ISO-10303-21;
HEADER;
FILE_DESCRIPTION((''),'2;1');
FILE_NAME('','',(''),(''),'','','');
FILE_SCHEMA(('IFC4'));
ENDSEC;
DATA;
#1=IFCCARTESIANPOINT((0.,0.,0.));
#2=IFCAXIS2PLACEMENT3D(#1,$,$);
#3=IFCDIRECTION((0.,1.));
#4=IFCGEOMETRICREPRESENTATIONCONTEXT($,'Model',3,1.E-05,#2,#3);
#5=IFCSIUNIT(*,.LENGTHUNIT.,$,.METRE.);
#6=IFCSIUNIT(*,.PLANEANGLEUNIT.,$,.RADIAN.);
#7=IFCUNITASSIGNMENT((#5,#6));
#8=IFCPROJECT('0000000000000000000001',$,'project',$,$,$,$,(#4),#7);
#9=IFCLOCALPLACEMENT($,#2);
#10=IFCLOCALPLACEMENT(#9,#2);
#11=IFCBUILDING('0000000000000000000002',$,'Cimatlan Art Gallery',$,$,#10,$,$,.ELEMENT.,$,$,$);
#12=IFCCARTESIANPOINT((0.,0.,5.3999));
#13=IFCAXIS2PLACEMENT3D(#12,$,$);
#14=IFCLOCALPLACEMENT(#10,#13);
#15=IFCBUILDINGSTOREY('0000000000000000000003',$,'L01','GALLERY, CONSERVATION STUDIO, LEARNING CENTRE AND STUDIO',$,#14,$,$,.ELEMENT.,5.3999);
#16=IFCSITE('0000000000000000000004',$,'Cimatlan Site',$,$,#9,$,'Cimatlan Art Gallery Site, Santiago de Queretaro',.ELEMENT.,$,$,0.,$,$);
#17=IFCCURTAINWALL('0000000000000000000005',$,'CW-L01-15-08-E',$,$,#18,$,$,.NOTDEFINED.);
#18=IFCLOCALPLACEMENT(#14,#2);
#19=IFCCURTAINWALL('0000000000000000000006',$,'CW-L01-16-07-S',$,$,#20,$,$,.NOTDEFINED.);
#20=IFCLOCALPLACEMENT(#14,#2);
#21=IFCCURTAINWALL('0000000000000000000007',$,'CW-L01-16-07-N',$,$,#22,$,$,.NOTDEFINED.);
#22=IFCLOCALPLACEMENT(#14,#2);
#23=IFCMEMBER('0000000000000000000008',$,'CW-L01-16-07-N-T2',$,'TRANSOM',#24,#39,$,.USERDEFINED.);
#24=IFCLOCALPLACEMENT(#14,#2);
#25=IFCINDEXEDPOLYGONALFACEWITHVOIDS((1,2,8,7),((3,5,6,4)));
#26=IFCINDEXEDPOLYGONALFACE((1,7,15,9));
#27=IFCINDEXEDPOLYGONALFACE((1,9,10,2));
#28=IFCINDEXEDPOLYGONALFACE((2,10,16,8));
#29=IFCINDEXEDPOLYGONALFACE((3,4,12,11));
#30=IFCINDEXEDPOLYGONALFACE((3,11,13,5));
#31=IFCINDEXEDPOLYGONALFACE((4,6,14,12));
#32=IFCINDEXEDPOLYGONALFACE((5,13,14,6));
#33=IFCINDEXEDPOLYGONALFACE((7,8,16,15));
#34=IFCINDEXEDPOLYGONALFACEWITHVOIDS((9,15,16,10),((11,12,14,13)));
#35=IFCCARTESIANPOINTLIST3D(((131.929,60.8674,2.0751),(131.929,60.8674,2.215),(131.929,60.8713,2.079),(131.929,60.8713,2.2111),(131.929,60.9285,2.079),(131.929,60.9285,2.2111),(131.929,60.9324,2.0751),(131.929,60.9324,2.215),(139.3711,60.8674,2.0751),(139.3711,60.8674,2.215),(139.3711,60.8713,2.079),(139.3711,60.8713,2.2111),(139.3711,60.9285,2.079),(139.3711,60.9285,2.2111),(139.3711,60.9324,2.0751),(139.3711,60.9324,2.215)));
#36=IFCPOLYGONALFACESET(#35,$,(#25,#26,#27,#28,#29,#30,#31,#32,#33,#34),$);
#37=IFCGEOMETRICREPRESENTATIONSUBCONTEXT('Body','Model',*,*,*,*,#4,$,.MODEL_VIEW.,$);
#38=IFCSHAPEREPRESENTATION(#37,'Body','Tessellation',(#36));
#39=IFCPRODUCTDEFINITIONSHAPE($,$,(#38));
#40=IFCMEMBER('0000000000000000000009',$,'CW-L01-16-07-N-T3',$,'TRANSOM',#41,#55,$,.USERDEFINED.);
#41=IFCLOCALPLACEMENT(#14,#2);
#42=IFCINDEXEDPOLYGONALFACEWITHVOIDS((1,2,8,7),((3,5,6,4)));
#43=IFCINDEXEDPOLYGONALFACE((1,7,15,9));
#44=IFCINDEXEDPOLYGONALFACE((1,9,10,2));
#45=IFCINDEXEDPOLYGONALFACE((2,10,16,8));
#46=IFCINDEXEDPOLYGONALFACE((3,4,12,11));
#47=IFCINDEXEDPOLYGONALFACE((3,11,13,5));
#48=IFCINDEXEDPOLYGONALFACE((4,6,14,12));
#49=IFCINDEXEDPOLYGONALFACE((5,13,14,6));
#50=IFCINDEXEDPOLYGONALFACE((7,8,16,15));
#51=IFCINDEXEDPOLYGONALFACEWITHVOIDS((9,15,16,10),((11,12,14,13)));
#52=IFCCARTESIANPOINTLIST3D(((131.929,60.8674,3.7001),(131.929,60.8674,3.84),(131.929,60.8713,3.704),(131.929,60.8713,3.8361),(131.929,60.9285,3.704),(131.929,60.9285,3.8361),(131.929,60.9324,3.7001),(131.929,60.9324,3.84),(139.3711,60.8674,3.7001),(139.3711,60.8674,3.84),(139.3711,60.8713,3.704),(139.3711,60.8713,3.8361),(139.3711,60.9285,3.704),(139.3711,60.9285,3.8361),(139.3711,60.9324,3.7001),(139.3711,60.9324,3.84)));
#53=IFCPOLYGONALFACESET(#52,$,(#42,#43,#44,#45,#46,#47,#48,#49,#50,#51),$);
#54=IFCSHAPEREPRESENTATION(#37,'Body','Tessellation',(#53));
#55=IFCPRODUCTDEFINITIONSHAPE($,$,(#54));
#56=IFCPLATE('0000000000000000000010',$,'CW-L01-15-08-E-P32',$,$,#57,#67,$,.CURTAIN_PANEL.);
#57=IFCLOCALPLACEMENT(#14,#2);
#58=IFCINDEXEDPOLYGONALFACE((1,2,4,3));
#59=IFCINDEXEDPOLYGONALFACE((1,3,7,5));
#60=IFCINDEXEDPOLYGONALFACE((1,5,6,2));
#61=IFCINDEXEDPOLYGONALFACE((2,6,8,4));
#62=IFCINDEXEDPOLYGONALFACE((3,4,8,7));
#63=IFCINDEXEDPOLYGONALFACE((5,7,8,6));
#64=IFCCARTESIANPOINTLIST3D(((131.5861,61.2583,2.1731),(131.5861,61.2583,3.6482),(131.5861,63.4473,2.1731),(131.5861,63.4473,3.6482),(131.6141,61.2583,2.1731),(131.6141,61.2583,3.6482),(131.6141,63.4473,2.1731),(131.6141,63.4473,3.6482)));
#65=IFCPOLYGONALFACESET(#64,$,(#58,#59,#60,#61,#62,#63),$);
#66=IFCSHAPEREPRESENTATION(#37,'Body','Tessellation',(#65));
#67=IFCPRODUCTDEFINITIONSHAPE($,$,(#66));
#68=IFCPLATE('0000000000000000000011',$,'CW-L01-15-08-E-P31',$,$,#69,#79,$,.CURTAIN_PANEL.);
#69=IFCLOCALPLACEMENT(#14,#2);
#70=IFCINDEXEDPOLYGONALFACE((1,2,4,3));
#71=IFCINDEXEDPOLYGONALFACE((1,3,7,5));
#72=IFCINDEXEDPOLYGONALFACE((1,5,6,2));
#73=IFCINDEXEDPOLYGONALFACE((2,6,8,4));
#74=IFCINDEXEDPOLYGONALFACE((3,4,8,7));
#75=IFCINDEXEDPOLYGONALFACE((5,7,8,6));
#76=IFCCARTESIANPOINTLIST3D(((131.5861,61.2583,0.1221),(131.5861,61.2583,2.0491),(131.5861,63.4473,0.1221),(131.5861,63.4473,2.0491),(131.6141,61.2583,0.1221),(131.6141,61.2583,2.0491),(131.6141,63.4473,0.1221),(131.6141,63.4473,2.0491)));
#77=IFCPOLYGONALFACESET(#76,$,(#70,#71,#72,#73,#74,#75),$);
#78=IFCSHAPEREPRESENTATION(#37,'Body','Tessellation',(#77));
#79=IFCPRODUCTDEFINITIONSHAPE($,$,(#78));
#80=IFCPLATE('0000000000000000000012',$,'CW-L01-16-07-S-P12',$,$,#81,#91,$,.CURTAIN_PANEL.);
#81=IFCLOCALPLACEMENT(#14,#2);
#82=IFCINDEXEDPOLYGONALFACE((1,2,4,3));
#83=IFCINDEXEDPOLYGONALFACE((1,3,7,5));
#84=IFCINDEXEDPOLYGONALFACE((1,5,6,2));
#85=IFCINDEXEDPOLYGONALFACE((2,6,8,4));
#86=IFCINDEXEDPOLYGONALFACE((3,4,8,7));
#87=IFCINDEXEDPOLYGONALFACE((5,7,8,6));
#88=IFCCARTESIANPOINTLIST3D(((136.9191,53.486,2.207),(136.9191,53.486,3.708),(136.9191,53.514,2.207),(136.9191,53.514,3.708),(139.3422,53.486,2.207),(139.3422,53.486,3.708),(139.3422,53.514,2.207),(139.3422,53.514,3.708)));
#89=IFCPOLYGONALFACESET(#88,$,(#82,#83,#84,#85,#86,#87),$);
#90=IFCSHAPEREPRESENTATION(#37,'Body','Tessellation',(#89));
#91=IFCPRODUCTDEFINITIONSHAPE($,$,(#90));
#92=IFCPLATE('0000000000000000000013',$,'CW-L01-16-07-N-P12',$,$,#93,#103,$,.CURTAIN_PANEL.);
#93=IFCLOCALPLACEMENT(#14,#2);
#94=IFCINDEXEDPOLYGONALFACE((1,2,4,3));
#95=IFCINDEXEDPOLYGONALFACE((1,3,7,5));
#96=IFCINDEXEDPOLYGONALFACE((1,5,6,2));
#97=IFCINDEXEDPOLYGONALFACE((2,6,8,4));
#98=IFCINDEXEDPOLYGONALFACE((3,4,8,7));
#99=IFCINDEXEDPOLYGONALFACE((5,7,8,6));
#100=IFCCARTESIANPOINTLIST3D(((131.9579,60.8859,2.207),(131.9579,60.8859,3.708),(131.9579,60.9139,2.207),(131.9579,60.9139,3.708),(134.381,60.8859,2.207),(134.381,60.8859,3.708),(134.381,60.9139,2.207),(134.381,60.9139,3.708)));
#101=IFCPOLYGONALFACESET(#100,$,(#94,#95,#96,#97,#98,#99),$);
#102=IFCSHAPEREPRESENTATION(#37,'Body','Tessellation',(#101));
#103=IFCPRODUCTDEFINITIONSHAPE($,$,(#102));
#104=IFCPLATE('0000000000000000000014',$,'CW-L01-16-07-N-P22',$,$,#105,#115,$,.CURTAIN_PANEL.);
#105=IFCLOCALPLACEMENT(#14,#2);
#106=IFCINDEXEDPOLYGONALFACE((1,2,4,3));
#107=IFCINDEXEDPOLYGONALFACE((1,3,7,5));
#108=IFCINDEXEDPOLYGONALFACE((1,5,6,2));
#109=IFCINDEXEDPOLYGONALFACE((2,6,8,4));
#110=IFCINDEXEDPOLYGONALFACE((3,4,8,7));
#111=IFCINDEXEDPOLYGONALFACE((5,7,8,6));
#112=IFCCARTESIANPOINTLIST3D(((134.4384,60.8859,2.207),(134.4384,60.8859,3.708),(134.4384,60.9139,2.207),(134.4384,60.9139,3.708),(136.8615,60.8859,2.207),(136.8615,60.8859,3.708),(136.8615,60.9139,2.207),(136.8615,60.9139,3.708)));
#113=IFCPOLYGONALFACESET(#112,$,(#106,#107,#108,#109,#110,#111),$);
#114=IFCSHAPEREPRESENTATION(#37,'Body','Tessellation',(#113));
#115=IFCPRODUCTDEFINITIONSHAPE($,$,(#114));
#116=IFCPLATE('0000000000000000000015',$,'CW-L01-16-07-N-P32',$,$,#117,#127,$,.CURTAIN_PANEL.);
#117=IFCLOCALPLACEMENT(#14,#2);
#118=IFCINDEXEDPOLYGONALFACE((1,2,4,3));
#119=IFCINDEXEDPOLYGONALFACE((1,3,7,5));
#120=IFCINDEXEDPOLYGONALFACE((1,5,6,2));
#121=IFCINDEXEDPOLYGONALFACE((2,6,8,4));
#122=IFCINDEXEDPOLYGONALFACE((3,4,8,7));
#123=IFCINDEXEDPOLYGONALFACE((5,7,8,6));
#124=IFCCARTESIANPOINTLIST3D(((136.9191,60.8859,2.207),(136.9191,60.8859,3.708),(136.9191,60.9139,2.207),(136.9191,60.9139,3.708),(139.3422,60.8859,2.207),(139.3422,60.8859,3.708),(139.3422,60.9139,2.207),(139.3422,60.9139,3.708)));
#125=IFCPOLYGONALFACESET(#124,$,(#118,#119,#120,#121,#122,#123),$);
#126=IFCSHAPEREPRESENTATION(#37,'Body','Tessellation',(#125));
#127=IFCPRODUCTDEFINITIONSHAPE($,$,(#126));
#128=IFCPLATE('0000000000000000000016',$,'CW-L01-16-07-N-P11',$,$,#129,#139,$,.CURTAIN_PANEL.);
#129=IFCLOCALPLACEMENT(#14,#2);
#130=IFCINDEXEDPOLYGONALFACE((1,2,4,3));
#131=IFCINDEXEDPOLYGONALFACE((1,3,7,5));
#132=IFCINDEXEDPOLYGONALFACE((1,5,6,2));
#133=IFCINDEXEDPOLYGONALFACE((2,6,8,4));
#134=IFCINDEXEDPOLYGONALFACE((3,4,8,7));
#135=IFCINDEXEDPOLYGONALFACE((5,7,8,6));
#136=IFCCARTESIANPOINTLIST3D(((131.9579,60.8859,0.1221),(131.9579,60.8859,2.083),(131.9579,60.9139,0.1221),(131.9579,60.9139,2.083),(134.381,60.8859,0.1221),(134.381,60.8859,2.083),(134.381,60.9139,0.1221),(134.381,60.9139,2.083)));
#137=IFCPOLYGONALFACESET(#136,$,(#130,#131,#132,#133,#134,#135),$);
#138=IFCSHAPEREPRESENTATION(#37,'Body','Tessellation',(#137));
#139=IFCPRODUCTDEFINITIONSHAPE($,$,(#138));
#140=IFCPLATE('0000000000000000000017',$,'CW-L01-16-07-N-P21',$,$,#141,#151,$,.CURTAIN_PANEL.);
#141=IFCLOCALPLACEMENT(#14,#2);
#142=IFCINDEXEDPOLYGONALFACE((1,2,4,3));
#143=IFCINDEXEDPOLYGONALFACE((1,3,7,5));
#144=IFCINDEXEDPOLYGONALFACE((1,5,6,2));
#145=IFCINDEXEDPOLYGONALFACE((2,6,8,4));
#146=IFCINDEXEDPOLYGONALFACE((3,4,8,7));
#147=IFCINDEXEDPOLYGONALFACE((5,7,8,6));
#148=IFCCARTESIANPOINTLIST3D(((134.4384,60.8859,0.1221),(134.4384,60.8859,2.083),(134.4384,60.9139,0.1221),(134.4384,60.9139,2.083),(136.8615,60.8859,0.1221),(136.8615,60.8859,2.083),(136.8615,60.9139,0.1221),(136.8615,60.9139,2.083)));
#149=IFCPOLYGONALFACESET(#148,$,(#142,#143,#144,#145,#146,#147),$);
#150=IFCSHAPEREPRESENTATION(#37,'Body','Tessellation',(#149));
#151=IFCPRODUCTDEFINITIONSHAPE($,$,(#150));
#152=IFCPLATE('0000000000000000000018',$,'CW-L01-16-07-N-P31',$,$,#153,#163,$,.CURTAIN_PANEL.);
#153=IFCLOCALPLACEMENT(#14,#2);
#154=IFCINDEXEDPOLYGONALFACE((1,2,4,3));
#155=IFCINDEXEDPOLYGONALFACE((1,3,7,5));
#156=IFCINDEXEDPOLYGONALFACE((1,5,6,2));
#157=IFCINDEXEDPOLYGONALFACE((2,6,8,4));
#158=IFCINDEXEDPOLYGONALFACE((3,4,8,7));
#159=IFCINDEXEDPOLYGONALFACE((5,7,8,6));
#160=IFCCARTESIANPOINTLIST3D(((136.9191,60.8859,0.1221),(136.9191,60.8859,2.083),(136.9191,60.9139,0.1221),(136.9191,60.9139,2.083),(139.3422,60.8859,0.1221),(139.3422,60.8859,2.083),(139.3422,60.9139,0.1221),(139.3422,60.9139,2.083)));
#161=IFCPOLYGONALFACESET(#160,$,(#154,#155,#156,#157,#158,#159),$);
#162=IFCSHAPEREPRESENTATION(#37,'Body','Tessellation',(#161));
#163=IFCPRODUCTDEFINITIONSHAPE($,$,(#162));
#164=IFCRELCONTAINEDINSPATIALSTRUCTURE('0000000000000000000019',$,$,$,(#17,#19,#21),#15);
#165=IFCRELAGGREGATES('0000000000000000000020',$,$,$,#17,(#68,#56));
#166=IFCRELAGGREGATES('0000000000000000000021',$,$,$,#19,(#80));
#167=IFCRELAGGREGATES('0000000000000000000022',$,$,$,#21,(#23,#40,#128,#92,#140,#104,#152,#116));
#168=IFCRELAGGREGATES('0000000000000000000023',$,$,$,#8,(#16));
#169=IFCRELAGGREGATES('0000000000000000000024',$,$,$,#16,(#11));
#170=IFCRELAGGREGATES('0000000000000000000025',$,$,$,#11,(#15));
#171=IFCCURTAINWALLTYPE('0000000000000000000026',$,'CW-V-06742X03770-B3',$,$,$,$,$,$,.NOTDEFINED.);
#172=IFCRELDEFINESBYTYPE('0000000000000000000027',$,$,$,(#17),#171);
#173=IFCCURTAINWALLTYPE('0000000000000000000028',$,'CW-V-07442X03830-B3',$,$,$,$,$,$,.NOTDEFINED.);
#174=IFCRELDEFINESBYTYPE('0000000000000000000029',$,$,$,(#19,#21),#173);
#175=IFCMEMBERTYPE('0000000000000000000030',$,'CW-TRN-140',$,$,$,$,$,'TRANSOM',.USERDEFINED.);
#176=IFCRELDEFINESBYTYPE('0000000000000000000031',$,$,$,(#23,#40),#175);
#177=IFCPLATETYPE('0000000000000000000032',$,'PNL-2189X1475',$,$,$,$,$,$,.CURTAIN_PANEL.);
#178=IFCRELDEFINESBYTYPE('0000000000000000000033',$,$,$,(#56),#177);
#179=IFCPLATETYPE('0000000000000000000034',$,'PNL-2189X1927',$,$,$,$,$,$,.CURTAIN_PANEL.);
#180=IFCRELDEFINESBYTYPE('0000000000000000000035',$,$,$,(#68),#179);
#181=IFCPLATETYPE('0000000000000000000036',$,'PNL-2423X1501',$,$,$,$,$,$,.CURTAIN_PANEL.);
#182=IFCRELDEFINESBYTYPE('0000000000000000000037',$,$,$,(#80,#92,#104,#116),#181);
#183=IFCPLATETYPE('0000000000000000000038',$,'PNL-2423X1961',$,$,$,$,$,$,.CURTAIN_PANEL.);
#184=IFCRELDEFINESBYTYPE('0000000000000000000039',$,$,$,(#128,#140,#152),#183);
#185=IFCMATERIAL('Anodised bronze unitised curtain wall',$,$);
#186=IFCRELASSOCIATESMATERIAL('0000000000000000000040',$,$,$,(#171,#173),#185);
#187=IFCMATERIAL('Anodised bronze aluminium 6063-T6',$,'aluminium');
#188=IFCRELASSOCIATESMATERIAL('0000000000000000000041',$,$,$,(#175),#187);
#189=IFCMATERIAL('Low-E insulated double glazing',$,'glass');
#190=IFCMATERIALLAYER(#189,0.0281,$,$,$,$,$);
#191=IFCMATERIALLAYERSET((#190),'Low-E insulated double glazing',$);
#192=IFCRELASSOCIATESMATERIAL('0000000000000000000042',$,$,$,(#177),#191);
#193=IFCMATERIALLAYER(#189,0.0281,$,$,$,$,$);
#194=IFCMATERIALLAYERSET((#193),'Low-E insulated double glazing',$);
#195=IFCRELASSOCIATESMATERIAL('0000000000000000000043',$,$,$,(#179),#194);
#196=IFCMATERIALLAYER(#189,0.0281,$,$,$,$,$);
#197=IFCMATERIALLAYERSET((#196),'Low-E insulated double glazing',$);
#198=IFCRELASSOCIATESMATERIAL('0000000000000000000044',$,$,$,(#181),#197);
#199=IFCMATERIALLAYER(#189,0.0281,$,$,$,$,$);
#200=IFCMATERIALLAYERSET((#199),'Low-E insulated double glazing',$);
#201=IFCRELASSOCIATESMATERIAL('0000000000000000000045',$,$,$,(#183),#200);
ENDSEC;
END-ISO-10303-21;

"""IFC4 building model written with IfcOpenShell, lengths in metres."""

from ifc_helpers import new_model, si_unit, direction, frame, origin, origin_2d, place, context, subcontext, project, spatial, rectangle, hollow_rectangle, extrude, material, layer, layer_set, material_profile, profile_set, type_object, element, aggregate, save


model = new_model("IFC4")

# Units and contexts
model_context = context("Model", 3, precision=1e-05, world=origin(), true_north=direction((0.0, 1.0)))
body_context = subcontext(model_context, "Body", "Model", "MODEL_VIEW")
ifc_project = project(units=[si_unit("LENGTHUNIT", "METRE"), si_unit("PLANEANGLEUNIT", "RADIAN")], contexts=[model_context])

# Site, building, storey
site_placement = place(None, origin())
site = spatial("IfcSite", under=ifc_project, at=site_placement, Name="Cimatlan Site", LongName="Cimatlan Art Gallery Site, Santiago de Queretaro", CompositionType="ELEMENT", RefElevation=0.0)
building_placement = place(site_placement, origin())
building = spatial("IfcBuilding", under=site, at=building_placement, Name="Cimatlan Art Gallery", CompositionType="ELEMENT")
storey_placement = place(building_placement, frame((0.0, 0.0, 5.3999)))
storey = spatial("IfcBuildingStorey", under=building, at=storey_placement, Name="L01", Description="GALLERY, CONSERVATION STUDIO, LEARNING CENTRE AND STUDIO", CompositionType="ELEMENT", Elevation=5.3999)

# Curtain wall
ifc_material_1 = material(Name="Anodised bronze unitised curtain wall")
curtain_wall_type_1 = type_object("IfcCurtainWallType", Name="CW-V-06742X03770-B3", PredefinedType="NOTDEFINED", material=ifc_material_1)
curtain_wall_1_placement = place(storey_placement, origin())
curtain_wall_1 = element("IfcCurtainWall", 1, at=curtain_wall_1_placement, inside=storey, type_object=curtain_wall_type_1, Name="CW-L01-15-08-E", PredefinedType="NOTDEFINED")
ifc_material_2 = material(Name="Anodised bronze aluminium 6063-T6", Category="aluminium")

# Curtain wall
curtain_wall_type_2 = type_object("IfcCurtainWallType", Name="CW-V-07442X03830-B3", PredefinedType="NOTDEFINED", material=ifc_material_1)
curtain_wall_2_placement = place(storey_placement, origin())
curtain_wall_2 = element("IfcCurtainWall", 2, at=curtain_wall_2_placement, inside=storey, type_object=curtain_wall_type_2, Name="CW-L01-16-07-S", PredefinedType="NOTDEFINED")

# Curtain wall
curtain_wall_3_placement = place(storey_placement, origin())
curtain_wall_3 = element("IfcCurtainWall", 3, at=curtain_wall_3_placement, inside=storey, type_object=curtain_wall_type_2, Name="CW-L01-16-07-N", PredefinedType="NOTDEFINED")

# Members
ifc_material_profile_1 = material_profile(ifc_material_2, hollow_rectangle(XDim=0.0649, YDim=0.1399, WallThickness=0.0039, at=origin_2d()), Name="ALU65X140X4")
ifc_profile_set_1 = profile_set([ifc_material_profile_1], Name="Anodised bronze aluminium 6063-T6")
member_type_1 = type_object("IfcMemberType", Name="CW-TRN-140", ElementType="TRANSOM", PredefinedType="USERDEFINED", material=ifc_profile_set_1)
member_1_placement = place(storey_placement, frame((131.929, 60.8999, 2.145), z_axis=(1.0, 0.0, 0.0), x_axis=(0.0, 1.0, 0.0)))
member_1 = element("IfcMember", 4, at=member_1_placement, type_object=member_type_1, Name="CW-L01-16-07-N-T2", ObjectType="TRANSOM", PredefinedType="USERDEFINED", context=body_context, shape_type="SweptSolid", body=[
    extrude(hollow_rectangle(XDim=0.0649, YDim=0.1399, WallThickness=0.0039, at=origin_2d()), origin(), (0.0, 0.0, 1.0), 7.4421),
])
member_2_placement = place(storey_placement, frame((131.929, 60.8999, 3.77), z_axis=(1.0, 0.0, 0.0), x_axis=(0.0, 1.0, 0.0)))
member_2 = element("IfcMember", 5, at=member_2_placement, type_object=member_type_1, Name="CW-L01-16-07-N-T3", ObjectType="TRANSOM", PredefinedType="USERDEFINED", context=body_context, shape_type="SweptSolid", body=[
    extrude(hollow_rectangle(XDim=0.0649, YDim=0.1399, WallThickness=0.0039, at=origin_2d()), origin(), (0.0, 0.0, 1.0), 7.4421),
])

# Plates
ifc_material_3 = material(Name="Low-E insulated double glazing", Category="glass")
ifc_layer_1 = layer(ifc_material_3, 0.0281)
ifc_layer_set_1 = layer_set([ifc_layer_1], Name="Low-E insulated double glazing")
plate_type_1 = type_object("IfcPlateType", Name="PNL-2189X1475", PredefinedType="CURTAIN_PANEL", material=ifc_layer_set_1)
plate_1_placement = place(storey_placement, frame((131.6001, 62.3528, 2.1731), z_axis=(0.0, 0.0, 1.0), x_axis=(0.0, -1.0, 0.0)))
plate_1 = element("IfcPlate", 6, at=plate_1_placement, type_object=plate_type_1, Name="CW-L01-15-08-E-P32", PredefinedType="CURTAIN_PANEL", context=body_context, shape_type="SweptSolid", body=[
    extrude(rectangle(XDim=2.189, YDim=0.0281, at=origin_2d()), origin(), (0.0, 0.0, 1.0), 1.4751),
])
ifc_layer_2 = layer(ifc_material_3, 0.0281)
ifc_layer_set_2 = layer_set([ifc_layer_2], Name="Low-E insulated double glazing")
plate_type_2 = type_object("IfcPlateType", Name="PNL-2189X1927", PredefinedType="CURTAIN_PANEL", material=ifc_layer_set_2)
plate_2_placement = place(storey_placement, frame((131.6001, 62.3528, 0.1221), z_axis=(0.0, 0.0, 1.0), x_axis=(0.0, -1.0, 0.0)))
plate_2 = element("IfcPlate", 7, at=plate_2_placement, type_object=plate_type_2, Name="CW-L01-15-08-E-P31", PredefinedType="CURTAIN_PANEL", context=body_context, shape_type="SweptSolid", body=[
    extrude(rectangle(XDim=2.189, YDim=0.0281, at=origin_2d()), origin(), (0.0, 0.0, 1.0), 1.927),
])
aggregate(curtain_wall_1, [plate_2, plate_1])
ifc_layer_3 = layer(ifc_material_3, 0.0281)
ifc_layer_set_3 = layer_set([ifc_layer_3], Name="Low-E insulated double glazing")
plate_type_3 = type_object("IfcPlateType", Name="PNL-2423X1501", PredefinedType="CURTAIN_PANEL", material=ifc_layer_set_3)
plate_3_placement = place(storey_placement, frame((138.1306, 53.5, 2.207), z_axis=(0.0, 0.0, 1.0), x_axis=(-1.0, 0.0, 0.0)))
plate_3 = element("IfcPlate", 8, at=plate_3_placement, type_object=plate_type_3, Name="CW-L01-16-07-S-P12", PredefinedType="CURTAIN_PANEL", context=body_context, shape_type="SweptSolid", body=[
    extrude(rectangle(XDim=2.4231, YDim=0.0281, at=origin_2d()), origin(), (0.0, 0.0, 1.0), 1.501),
])
aggregate(curtain_wall_2, [plate_3])
plate_4_placement = place(storey_placement, frame((133.1694, 60.8999, 2.207), z_axis=(0.0, 0.0, 1.0), x_axis=(1.0, 0.0, 0.0)))
plate_4 = element("IfcPlate", 9, at=plate_4_placement, type_object=plate_type_3, Name="CW-L01-16-07-N-P12", PredefinedType="CURTAIN_PANEL", context=body_context, shape_type="SweptSolid", body=[
    extrude(rectangle(XDim=2.4231, YDim=0.0281, at=origin_2d()), origin(), (0.0, 0.0, 1.0), 1.501),
])
plate_5_placement = place(storey_placement, frame((135.6499, 60.8999, 2.207), z_axis=(0.0, 0.0, 1.0), x_axis=(1.0, 0.0, 0.0)))
plate_5 = element("IfcPlate", 10, at=plate_5_placement, type_object=plate_type_3, Name="CW-L01-16-07-N-P22", PredefinedType="CURTAIN_PANEL", context=body_context, shape_type="SweptSolid", body=[
    extrude(rectangle(XDim=2.4231, YDim=0.0281, at=origin_2d()), origin(), (0.0, 0.0, 1.0), 1.501),
])
plate_6_placement = place(storey_placement, frame((138.1306, 60.8999, 2.207), z_axis=(0.0, 0.0, 1.0), x_axis=(1.0, 0.0, 0.0)))
plate_6 = element("IfcPlate", 11, at=plate_6_placement, type_object=plate_type_3, Name="CW-L01-16-07-N-P32", PredefinedType="CURTAIN_PANEL", context=body_context, shape_type="SweptSolid", body=[
    extrude(rectangle(XDim=2.4231, YDim=0.0281, at=origin_2d()), origin(), (0.0, 0.0, 1.0), 1.501),
])
ifc_layer_4 = layer(ifc_material_3, 0.0281)
ifc_layer_set_4 = layer_set([ifc_layer_4], Name="Low-E insulated double glazing")
plate_type_4 = type_object("IfcPlateType", Name="PNL-2423X1961", PredefinedType="CURTAIN_PANEL", material=ifc_layer_set_4)
plate_7_placement = place(storey_placement, frame((133.1694, 60.8999, 0.1221), z_axis=(0.0, 0.0, 1.0), x_axis=(1.0, 0.0, 0.0)))
plate_7 = element("IfcPlate", 12, at=plate_7_placement, type_object=plate_type_4, Name="CW-L01-16-07-N-P11", PredefinedType="CURTAIN_PANEL", context=body_context, shape_type="SweptSolid", body=[
    extrude(rectangle(XDim=2.4231, YDim=0.0281, at=origin_2d()), origin(), (0.0, 0.0, 1.0), 1.9609),
])
plate_8_placement = place(storey_placement, frame((135.6499, 60.8999, 0.1221), z_axis=(0.0, 0.0, 1.0), x_axis=(1.0, 0.0, 0.0)))
plate_8 = element("IfcPlate", 13, at=plate_8_placement, type_object=plate_type_4, Name="CW-L01-16-07-N-P21", PredefinedType="CURTAIN_PANEL", context=body_context, shape_type="SweptSolid", body=[
    extrude(rectangle(XDim=2.4231, YDim=0.0281, at=origin_2d()), origin(), (0.0, 0.0, 1.0), 1.9609),
])
plate_9_placement = place(storey_placement, frame((138.1306, 60.8999, 0.1221), z_axis=(0.0, 0.0, 1.0), x_axis=(1.0, 0.0, 0.0)))
plate_9 = element("IfcPlate", 14, at=plate_9_placement, type_object=plate_type_4, Name="CW-L01-16-07-N-P31", PredefinedType="CURTAIN_PANEL", context=body_context, shape_type="SweptSolid", body=[
    extrude(rectangle(XDim=2.4231, YDim=0.0281, at=origin_2d()), origin(), (0.0, 0.0, 1.0), 1.9609),
])
aggregate(curtain_wall_3, [member_1, member_2, plate_7, plate_4, plate_8, plate_5, plate_9, plate_6])

save(model, "model.ifc")
